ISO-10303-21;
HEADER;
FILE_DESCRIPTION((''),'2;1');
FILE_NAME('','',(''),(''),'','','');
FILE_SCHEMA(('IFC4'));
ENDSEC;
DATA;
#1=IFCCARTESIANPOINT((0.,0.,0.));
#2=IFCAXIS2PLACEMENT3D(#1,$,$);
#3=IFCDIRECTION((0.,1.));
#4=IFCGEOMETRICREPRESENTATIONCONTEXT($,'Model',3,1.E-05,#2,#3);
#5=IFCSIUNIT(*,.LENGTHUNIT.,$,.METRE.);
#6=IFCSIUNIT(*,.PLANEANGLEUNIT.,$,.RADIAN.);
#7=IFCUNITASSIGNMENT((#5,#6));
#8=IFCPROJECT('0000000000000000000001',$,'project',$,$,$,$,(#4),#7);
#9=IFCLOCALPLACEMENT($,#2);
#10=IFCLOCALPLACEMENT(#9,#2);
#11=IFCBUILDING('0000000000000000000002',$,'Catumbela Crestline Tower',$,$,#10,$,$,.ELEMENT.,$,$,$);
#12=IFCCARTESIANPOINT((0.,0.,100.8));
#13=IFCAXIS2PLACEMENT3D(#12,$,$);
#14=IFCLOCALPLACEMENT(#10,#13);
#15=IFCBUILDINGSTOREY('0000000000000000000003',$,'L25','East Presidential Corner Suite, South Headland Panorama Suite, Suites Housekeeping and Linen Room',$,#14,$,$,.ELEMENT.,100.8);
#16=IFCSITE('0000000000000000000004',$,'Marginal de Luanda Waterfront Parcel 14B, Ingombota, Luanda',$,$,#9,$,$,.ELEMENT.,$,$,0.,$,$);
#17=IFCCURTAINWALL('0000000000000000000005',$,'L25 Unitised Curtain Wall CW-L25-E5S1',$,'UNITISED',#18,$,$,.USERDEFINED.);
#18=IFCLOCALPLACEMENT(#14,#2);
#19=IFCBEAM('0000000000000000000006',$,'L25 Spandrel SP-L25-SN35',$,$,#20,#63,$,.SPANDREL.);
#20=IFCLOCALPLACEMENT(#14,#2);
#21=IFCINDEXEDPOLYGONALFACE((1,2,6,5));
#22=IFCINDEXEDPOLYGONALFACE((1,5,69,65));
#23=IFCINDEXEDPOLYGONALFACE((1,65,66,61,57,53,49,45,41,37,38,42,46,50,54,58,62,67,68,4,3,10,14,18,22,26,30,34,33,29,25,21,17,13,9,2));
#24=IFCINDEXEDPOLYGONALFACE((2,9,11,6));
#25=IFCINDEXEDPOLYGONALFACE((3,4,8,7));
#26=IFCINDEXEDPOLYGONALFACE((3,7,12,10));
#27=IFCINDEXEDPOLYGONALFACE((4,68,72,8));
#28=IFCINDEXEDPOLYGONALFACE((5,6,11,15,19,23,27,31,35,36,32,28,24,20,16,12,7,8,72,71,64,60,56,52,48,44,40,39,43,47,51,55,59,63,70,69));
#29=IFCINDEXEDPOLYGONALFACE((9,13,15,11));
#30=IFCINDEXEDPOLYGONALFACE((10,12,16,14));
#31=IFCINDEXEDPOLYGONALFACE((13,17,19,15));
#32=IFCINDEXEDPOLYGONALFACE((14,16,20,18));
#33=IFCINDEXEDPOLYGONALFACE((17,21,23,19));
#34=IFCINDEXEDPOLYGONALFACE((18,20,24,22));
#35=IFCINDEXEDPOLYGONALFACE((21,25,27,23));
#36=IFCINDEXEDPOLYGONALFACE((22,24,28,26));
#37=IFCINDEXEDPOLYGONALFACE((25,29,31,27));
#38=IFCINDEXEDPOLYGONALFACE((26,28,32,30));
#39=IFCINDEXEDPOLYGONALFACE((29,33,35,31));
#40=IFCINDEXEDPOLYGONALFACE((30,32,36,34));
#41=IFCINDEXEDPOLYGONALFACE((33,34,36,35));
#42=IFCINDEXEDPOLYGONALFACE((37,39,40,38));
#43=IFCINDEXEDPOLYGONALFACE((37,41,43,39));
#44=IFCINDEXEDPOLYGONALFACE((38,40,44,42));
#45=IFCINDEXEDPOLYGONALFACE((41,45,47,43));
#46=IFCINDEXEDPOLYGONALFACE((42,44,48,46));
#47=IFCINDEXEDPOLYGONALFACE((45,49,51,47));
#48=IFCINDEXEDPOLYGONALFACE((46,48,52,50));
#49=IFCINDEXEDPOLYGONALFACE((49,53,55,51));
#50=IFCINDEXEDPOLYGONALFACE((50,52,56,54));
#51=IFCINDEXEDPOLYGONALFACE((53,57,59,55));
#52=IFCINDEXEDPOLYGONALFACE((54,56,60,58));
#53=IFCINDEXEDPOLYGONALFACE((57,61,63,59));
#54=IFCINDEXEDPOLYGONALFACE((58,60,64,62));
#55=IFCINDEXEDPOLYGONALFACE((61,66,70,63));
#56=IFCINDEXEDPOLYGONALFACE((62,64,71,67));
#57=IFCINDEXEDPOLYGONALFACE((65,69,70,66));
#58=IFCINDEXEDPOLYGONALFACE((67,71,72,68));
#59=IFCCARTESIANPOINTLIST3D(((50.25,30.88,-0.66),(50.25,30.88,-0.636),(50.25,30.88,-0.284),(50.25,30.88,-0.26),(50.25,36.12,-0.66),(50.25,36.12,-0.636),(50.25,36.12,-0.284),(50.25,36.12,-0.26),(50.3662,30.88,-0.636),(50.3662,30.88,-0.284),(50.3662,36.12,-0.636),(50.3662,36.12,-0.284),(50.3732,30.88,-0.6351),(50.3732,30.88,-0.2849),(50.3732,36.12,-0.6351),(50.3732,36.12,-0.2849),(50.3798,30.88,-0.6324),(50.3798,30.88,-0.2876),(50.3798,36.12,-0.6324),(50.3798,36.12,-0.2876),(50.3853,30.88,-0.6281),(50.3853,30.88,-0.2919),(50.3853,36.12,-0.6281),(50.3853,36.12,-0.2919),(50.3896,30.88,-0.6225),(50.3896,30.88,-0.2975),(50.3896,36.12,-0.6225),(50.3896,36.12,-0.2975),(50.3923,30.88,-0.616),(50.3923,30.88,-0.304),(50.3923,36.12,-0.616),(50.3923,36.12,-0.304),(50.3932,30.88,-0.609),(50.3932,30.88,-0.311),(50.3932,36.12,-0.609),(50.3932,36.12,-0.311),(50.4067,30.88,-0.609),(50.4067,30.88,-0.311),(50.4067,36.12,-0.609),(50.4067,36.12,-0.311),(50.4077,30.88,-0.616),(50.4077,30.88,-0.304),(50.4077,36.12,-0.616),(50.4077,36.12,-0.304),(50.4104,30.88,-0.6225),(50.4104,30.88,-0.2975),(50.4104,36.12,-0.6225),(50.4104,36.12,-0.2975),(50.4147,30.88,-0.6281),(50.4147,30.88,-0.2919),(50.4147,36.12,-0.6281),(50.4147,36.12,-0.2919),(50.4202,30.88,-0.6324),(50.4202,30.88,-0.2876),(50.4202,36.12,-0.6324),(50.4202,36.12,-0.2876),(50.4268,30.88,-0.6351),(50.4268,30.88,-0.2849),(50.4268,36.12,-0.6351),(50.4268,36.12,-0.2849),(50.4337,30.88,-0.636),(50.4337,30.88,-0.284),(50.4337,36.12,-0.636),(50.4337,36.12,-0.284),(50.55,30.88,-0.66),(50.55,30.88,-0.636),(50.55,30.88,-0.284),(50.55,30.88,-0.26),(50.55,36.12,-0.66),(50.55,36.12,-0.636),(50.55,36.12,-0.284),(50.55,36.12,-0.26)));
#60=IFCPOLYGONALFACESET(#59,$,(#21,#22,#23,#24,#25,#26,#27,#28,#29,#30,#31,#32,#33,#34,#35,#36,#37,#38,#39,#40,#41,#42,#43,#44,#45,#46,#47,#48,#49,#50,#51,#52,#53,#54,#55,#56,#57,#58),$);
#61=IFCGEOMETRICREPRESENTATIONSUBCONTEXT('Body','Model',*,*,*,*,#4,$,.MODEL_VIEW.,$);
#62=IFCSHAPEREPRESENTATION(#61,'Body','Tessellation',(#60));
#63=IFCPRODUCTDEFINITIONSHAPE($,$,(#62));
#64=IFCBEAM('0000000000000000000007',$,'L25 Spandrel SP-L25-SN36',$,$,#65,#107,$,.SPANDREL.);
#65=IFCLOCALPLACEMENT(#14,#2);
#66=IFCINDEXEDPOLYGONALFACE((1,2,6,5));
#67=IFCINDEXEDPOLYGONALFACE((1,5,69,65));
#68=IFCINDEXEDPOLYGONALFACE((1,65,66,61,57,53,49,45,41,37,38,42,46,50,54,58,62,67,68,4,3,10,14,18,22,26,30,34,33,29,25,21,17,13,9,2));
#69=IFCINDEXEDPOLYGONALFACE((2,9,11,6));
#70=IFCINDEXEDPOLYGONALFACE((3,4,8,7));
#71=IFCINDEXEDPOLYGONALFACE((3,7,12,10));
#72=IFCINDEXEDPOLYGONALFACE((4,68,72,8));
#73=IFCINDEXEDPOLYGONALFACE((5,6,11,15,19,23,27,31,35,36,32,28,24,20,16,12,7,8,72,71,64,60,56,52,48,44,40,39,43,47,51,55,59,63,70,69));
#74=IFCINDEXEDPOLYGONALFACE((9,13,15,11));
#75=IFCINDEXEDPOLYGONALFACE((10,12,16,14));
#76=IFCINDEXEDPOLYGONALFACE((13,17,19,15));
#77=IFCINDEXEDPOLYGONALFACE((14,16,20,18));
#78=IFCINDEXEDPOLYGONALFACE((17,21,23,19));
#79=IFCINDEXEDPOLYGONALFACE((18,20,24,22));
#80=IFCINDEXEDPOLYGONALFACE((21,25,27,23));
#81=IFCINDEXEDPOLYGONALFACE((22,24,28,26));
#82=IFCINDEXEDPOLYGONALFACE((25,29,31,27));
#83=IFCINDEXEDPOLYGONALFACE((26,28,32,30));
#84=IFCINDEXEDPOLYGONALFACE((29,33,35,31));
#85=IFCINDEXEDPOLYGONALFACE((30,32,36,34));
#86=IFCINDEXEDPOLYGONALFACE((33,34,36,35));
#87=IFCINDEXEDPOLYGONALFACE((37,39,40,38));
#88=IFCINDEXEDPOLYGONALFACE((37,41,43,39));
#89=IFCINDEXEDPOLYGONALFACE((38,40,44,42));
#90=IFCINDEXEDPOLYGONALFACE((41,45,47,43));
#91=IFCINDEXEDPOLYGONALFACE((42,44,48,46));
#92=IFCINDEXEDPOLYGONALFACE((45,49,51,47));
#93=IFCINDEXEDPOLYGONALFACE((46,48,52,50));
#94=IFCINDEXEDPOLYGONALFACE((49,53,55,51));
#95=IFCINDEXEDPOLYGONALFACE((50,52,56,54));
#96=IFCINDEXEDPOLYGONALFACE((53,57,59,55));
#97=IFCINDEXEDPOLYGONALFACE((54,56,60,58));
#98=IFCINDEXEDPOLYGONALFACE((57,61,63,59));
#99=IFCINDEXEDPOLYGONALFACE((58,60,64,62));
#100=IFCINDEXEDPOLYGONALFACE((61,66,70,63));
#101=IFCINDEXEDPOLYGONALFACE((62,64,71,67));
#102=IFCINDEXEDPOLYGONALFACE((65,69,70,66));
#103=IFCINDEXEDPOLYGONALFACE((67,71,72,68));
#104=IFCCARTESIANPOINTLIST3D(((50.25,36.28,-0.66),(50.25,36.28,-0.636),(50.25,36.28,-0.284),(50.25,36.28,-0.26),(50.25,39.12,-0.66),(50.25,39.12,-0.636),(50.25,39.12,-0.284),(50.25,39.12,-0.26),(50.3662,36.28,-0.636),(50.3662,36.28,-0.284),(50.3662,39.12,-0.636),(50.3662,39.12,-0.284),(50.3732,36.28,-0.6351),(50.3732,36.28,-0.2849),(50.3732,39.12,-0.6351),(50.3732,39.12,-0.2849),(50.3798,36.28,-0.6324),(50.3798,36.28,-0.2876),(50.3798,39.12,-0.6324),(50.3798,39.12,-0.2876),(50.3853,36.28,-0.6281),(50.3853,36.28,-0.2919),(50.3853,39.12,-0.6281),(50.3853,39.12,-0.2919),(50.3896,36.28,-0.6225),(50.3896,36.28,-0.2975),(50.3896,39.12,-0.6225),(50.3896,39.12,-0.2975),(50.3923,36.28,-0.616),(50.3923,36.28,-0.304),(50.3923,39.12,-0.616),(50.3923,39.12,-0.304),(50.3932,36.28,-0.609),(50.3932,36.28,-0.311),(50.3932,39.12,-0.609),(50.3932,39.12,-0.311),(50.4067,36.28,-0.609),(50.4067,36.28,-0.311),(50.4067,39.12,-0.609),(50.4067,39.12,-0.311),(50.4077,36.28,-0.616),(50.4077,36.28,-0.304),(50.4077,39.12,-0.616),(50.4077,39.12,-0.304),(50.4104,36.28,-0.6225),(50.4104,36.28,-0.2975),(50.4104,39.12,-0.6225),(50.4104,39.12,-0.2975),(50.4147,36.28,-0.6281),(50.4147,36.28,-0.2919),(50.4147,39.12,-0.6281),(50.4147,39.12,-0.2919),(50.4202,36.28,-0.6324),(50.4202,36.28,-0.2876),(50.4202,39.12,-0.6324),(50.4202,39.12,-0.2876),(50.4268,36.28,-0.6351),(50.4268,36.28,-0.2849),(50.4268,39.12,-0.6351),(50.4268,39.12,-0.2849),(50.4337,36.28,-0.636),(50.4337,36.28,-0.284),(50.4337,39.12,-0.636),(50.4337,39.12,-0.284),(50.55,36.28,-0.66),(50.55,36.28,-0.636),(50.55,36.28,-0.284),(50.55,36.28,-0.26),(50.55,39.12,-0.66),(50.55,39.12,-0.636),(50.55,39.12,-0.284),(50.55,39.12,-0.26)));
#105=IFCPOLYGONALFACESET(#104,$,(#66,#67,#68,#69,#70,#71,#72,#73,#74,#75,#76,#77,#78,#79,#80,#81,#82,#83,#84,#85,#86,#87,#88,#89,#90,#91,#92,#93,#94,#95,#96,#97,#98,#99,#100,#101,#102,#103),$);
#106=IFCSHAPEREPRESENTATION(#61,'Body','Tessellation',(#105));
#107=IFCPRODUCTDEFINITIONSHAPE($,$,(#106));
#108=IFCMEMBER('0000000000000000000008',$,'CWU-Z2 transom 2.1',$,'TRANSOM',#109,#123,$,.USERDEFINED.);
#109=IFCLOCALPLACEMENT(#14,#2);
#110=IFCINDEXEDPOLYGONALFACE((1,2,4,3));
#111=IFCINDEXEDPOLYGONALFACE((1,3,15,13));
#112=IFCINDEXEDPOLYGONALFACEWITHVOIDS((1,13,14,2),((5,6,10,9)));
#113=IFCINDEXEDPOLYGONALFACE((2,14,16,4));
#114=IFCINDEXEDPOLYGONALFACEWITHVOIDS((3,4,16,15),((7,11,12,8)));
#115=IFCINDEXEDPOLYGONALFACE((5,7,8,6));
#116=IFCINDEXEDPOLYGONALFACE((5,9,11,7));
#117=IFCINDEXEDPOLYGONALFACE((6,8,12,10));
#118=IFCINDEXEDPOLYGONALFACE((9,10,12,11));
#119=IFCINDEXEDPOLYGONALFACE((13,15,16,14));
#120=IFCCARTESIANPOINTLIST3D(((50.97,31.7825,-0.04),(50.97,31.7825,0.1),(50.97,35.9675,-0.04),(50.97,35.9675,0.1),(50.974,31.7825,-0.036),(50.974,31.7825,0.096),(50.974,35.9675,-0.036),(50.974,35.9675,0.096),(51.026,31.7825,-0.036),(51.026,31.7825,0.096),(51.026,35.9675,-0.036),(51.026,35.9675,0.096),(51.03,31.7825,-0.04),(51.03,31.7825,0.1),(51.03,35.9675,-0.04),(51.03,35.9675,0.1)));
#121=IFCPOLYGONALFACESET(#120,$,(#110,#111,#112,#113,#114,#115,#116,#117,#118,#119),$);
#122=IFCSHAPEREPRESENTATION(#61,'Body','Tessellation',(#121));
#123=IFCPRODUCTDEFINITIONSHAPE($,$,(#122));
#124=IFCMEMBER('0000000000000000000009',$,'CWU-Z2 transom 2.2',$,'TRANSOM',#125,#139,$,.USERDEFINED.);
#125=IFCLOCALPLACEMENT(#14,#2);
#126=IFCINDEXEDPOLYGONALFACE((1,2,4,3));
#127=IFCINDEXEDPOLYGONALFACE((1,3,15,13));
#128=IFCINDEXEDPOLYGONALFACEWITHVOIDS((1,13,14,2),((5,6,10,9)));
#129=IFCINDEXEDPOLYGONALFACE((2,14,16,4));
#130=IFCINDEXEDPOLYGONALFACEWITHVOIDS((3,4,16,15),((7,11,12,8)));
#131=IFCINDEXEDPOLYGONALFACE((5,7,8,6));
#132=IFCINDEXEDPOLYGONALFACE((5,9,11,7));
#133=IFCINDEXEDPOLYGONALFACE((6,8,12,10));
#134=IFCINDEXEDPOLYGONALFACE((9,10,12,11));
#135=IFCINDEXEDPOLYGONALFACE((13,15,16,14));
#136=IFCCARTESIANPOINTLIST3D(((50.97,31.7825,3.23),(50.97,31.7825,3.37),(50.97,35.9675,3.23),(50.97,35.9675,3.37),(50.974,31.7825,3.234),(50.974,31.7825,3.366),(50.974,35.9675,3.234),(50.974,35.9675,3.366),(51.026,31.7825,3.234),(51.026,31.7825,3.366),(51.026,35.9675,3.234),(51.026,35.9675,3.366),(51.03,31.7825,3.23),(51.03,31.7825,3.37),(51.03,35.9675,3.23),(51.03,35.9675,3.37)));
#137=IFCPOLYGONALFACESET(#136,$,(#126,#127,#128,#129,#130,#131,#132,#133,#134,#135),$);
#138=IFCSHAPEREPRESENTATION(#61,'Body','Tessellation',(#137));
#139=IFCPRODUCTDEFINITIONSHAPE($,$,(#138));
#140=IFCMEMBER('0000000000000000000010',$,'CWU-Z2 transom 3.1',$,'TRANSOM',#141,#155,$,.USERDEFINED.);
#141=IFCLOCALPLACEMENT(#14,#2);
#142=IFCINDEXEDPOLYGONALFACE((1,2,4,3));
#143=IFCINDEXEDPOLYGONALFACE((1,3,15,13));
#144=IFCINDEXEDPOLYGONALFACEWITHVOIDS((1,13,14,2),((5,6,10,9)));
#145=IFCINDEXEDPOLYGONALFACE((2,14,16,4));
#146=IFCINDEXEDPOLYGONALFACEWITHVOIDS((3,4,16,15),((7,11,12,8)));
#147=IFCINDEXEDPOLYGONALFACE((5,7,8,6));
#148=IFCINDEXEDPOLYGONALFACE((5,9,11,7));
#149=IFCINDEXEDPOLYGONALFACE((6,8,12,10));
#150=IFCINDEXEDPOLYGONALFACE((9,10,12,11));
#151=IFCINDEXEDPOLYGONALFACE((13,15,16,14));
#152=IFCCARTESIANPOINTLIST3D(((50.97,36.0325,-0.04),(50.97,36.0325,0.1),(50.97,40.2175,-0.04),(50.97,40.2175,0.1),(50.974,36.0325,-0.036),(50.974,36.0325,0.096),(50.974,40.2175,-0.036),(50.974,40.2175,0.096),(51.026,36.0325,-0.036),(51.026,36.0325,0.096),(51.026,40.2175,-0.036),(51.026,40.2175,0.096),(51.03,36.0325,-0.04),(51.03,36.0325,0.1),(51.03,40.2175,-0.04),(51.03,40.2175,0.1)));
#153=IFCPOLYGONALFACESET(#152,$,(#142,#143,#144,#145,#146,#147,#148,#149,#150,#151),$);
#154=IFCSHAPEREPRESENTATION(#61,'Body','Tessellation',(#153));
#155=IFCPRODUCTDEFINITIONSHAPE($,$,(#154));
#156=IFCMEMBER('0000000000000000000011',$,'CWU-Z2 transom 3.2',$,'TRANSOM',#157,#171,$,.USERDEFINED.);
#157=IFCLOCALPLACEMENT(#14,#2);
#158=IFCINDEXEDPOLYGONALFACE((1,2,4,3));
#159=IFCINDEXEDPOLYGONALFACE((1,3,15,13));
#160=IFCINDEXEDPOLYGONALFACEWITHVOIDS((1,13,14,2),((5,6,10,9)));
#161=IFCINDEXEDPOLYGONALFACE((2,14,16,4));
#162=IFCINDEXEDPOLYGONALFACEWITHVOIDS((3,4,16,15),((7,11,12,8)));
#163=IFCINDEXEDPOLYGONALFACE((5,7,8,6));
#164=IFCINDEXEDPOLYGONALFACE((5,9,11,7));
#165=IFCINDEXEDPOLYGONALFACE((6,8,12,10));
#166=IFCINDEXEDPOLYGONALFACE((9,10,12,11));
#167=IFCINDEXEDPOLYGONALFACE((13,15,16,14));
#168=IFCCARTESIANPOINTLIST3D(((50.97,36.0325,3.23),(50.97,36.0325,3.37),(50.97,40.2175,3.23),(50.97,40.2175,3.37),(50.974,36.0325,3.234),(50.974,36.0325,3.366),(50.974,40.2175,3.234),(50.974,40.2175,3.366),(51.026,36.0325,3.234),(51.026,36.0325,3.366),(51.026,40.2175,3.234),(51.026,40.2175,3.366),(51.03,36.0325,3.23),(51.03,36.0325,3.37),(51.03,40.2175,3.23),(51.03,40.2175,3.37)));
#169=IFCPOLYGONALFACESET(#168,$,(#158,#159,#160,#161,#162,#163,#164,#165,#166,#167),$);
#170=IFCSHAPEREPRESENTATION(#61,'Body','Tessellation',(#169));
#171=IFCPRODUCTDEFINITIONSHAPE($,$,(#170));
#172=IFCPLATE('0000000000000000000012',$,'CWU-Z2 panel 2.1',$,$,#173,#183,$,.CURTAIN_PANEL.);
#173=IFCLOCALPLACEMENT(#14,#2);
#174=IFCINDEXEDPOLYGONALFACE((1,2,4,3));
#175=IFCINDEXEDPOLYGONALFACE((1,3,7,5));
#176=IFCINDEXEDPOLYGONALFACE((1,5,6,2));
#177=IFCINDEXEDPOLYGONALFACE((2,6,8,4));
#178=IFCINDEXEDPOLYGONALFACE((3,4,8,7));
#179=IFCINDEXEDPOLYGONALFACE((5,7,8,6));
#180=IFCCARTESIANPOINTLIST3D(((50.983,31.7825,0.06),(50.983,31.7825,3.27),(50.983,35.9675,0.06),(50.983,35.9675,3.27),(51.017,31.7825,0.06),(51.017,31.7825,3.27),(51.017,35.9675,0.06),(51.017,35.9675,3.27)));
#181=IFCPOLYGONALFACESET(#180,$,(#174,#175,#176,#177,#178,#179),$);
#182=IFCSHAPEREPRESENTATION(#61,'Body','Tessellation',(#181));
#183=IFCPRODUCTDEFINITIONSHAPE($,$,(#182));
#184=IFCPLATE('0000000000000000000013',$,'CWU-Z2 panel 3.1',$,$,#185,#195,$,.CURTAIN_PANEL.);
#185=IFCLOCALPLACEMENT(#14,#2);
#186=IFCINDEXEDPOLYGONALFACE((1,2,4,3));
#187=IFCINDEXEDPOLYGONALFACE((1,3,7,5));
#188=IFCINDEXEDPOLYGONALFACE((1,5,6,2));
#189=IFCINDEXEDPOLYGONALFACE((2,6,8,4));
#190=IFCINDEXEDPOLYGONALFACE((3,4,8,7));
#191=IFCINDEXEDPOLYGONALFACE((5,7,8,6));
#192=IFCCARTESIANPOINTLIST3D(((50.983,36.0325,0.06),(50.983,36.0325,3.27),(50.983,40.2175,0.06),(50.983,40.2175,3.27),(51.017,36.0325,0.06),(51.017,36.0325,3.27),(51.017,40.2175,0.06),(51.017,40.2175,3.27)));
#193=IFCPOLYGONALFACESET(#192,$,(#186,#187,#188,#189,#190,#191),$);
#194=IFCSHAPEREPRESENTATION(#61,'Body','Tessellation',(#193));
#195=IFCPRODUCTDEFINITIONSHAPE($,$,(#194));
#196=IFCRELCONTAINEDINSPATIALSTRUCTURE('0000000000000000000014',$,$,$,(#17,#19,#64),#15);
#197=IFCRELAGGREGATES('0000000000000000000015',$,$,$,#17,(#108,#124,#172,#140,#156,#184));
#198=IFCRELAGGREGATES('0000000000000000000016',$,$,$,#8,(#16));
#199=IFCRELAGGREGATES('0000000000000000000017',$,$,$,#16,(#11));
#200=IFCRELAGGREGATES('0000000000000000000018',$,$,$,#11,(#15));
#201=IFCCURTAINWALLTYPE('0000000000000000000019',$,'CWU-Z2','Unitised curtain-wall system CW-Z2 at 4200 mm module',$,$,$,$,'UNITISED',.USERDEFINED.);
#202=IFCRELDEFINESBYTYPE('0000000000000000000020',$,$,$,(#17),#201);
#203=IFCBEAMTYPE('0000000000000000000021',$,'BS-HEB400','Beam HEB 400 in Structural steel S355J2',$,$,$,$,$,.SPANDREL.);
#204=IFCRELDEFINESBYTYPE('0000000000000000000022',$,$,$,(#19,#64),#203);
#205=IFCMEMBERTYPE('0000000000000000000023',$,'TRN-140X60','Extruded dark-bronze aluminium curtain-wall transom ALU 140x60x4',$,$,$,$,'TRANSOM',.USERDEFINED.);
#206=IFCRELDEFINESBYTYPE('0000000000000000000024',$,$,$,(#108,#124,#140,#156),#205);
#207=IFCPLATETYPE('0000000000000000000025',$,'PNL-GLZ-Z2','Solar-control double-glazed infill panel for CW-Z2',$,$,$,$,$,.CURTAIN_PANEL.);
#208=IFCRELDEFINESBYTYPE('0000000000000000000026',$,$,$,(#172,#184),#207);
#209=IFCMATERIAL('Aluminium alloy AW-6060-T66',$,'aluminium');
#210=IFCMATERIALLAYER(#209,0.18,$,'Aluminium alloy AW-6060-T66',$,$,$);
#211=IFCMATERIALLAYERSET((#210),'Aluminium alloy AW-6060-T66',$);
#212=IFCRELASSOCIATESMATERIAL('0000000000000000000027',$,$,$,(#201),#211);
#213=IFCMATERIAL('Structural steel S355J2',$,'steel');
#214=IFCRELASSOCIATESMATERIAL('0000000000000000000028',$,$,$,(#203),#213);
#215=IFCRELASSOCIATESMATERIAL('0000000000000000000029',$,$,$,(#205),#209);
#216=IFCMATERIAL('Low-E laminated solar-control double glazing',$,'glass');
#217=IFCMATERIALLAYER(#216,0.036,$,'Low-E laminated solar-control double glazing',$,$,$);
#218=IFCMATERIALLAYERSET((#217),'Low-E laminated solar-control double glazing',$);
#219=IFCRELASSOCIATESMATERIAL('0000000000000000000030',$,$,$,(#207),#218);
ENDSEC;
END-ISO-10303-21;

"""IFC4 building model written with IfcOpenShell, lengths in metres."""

from ifc_helpers import new_model, si_unit, direction, frame, origin, origin_2d, place, context, subcontext, project, spatial, rectangle, hollow_rectangle, i_section, extrude, material, layer, layer_set, material_profile, profile_set, type_object, element, aggregate, save


model = new_model("IFC4")

# Units and contexts
model_context = context("Model", 3, precision=1e-05, world=origin(), true_north=direction((0.0, 1.0)))
body_context = subcontext(model_context, "Body", "Model", "MODEL_VIEW")
ifc_project = project(units=[si_unit("LENGTHUNIT", "METRE"), si_unit("PLANEANGLEUNIT", "RADIAN")], contexts=[model_context])

# Site, building, storey
site_placement = place(None, origin())
site = spatial("IfcSite", under=ifc_project, at=site_placement, Name="Marginal de Luanda Waterfront Parcel 14B, Ingombota, Luanda", CompositionType="ELEMENT", RefElevation=0.0)
building_placement = place(site_placement, origin())
building = spatial("IfcBuilding", under=site, at=building_placement, Name="Catumbela Crestline Tower", CompositionType="ELEMENT")
storey_placement = place(building_placement, frame((0.0, 0.0, 100.8)))
storey = spatial("IfcBuildingStorey", under=building, at=storey_placement, Name="L25", Description="East Presidential Corner Suite, South Headland Panorama Suite, Suites Housekeeping and Linen Room", CompositionType="ELEMENT", Elevation=100.8)

# Shared definitions
ifc_material_1 = material(Name="Structural steel S355J2", Category="steel")

# Curtain wall
ifc_material_2 = material(Name="Aluminium alloy AW-6060-T66", Category="aluminium")
ifc_layer_1 = layer(ifc_material_2, 0.18, Name="Aluminium alloy AW-6060-T66")
ifc_layer_set_1 = layer_set([ifc_layer_1], Name="Aluminium alloy AW-6060-T66")
curtain_wall_type = type_object("IfcCurtainWallType", Name="CWU-Z2", Description="Unitised curtain-wall system CW-Z2 at 4200 mm module", ElementType="UNITISED", PredefinedType="USERDEFINED", material=ifc_layer_set_1)
curtain_wall_placement = place(storey_placement, origin())
curtain_wall = element("IfcCurtainWall", 1, at=curtain_wall_placement, inside=storey, type_object=curtain_wall_type, Name="L25 Unitised Curtain Wall CW-L25-E5S1", ObjectType="UNITISED", PredefinedType="USERDEFINED")

# Beams
ifc_material_profile_1 = material_profile(ifc_material_1, i_section(OverallWidth=0.3, OverallDepth=0.4, WebThickness=0.0135, FlangeThickness=0.024, FilletRadius=0.027, at=origin_2d()), Name="HEB 400")
ifc_profile_set_1 = profile_set([ifc_material_profile_1], Name="Structural steel S355J2")
beam_type_1 = type_object("IfcBeamType", Name="BS-HEB400", Description="Beam HEB 400 in Structural steel S355J2", PredefinedType="SPANDREL", material=ifc_profile_set_1)
beam_1_placement = place(storey_placement, frame((50.4, 30.88, -0.46), z_axis=(0.0, 1.0, 0.0), x_axis=(-1.0, 0.0, 0.0)))
element("IfcBeam", 2, at=beam_1_placement, inside=storey, type_object=beam_type_1, Name="L25 Spandrel SP-L25-SN35", PredefinedType="SPANDREL", context=body_context, shape_type="SweptSolid", body=[
    extrude(i_section(OverallWidth=0.3, OverallDepth=0.4, WebThickness=0.0135, FlangeThickness=0.024, FilletRadius=0.027, at=origin_2d()), origin(), (0.0, 0.0, 1.0), 5.24),
])
beam_2_placement = place(storey_placement, frame((50.4, 36.28, -0.46), z_axis=(0.0, 1.0, 0.0), x_axis=(-1.0, 0.0, 0.0)))
element("IfcBeam", 3, at=beam_2_placement, inside=storey, type_object=beam_type_1, Name="L25 Spandrel SP-L25-SN36", PredefinedType="SPANDREL", context=body_context, shape_type="SweptSolid", body=[
    extrude(i_section(OverallWidth=0.3, OverallDepth=0.4, WebThickness=0.0135, FlangeThickness=0.024, FilletRadius=0.027, at=origin_2d()), origin(), (0.0, 0.0, 1.0), 2.84),
])

# Members
ifc_material_profile_2 = material_profile(ifc_material_2, hollow_rectangle(XDim=0.06, YDim=0.14, WallThickness=0.004, at=origin_2d()), Name="ALU 140x60x4")
ifc_profile_set_2 = profile_set([ifc_material_profile_2], Name="Aluminium alloy AW-6060-T66")
member_type_1 = type_object("IfcMemberType", Name="TRN-140X60", Description="Extruded dark-bronze aluminium curtain-wall transom ALU 140x60x4", ElementType="TRANSOM", PredefinedType="USERDEFINED", material=ifc_profile_set_2)
member_1_placement = place(storey_placement, frame((51.0, 31.7825, 0.03), z_axis=(0.0, 1.0, 0.0), x_axis=(-1.0, 0.0, 0.0)))
member_1 = element("IfcMember", 4, at=member_1_placement, type_object=member_type_1, Name="CWU-Z2 transom 2.1", ObjectType="TRANSOM", PredefinedType="USERDEFINED", context=body_context, shape_type="SweptSolid", body=[
    extrude(hollow_rectangle(XDim=0.06, YDim=0.14, WallThickness=0.004, at=origin_2d()), origin(), (0.0, 0.0, 1.0), 4.185),
])
member_2_placement = place(storey_placement, frame((51.0, 31.7825, 3.3), z_axis=(0.0, 1.0, 0.0), x_axis=(-1.0, 0.0, 0.0)))
member_2 = element("IfcMember", 5, at=member_2_placement, type_object=member_type_1, Name="CWU-Z2 transom 2.2", ObjectType="TRANSOM", PredefinedType="USERDEFINED", context=body_context, shape_type="SweptSolid", body=[
    extrude(hollow_rectangle(XDim=0.06, YDim=0.14, WallThickness=0.004, at=origin_2d()), origin(), (0.0, 0.0, 1.0), 4.185),
])
member_3_placement = place(storey_placement, frame((51.0, 36.0325, 0.03), z_axis=(0.0, 1.0, 0.0), x_axis=(-1.0, 0.0, 0.0)))
member_3 = element("IfcMember", 6, at=member_3_placement, type_object=member_type_1, Name="CWU-Z2 transom 3.1", ObjectType="TRANSOM", PredefinedType="USERDEFINED", context=body_context, shape_type="SweptSolid", body=[
    extrude(hollow_rectangle(XDim=0.06, YDim=0.14, WallThickness=0.004, at=origin_2d()), origin(), (0.0, 0.0, 1.0), 4.185),
])
member_4_placement = place(storey_placement, frame((51.0, 36.0325, 3.3), z_axis=(0.0, 1.0, 0.0), x_axis=(-1.0, 0.0, 0.0)))
member_4 = element("IfcMember", 7, at=member_4_placement, type_object=member_type_1, Name="CWU-Z2 transom 3.2", ObjectType="TRANSOM", PredefinedType="USERDEFINED", context=body_context, shape_type="SweptSolid", body=[
    extrude(hollow_rectangle(XDim=0.06, YDim=0.14, WallThickness=0.004, at=origin_2d()), origin(), (0.0, 0.0, 1.0), 4.185),
])

# Plates
ifc_material_3 = material(Name="Low-E laminated solar-control double glazing", Category="glass")
ifc_layer_2 = layer(ifc_material_3, 0.036, Name="Low-E laminated solar-control double glazing")
ifc_layer_set_2 = layer_set([ifc_layer_2], Name="Low-E laminated solar-control double glazing")
plate_type = type_object("IfcPlateType", Name="PNL-GLZ-Z2", Description="Solar-control double-glazed infill panel for CW-Z2", PredefinedType="CURTAIN_PANEL", material=ifc_layer_set_2)
plate_1_placement = place(storey_placement, frame((51.0, 33.875, 0.06), z_axis=(0.0, 0.0, 1.0), x_axis=(0.0, 1.0, 0.0)))
plate_1 = element("IfcPlate", 8, at=plate_1_placement, type_object=plate_type, Name="CWU-Z2 panel 2.1", PredefinedType="CURTAIN_PANEL", context=body_context, shape_type="SweptSolid", body=[
    extrude(rectangle(XDim=4.185, YDim=0.034, at=origin_2d()), origin(), (0.0, 0.0, 1.0), 3.21),
])
plate_2_placement = place(storey_placement, frame((51.0, 38.125, 0.06), z_axis=(0.0, 0.0, 1.0), x_axis=(0.0, 1.0, 0.0)))
plate_2 = element("IfcPlate", 9, at=plate_2_placement, type_object=plate_type, Name="CWU-Z2 panel 3.1", PredefinedType="CURTAIN_PANEL", context=body_context, shape_type="SweptSolid", body=[
    extrude(rectangle(XDim=4.185, YDim=0.034, at=origin_2d()), origin(), (0.0, 0.0, 1.0), 3.21),
])
aggregate(curtain_wall, [member_1, member_2, plate_1, member_3, member_4, plate_2])

save(model, "model.ifc")
